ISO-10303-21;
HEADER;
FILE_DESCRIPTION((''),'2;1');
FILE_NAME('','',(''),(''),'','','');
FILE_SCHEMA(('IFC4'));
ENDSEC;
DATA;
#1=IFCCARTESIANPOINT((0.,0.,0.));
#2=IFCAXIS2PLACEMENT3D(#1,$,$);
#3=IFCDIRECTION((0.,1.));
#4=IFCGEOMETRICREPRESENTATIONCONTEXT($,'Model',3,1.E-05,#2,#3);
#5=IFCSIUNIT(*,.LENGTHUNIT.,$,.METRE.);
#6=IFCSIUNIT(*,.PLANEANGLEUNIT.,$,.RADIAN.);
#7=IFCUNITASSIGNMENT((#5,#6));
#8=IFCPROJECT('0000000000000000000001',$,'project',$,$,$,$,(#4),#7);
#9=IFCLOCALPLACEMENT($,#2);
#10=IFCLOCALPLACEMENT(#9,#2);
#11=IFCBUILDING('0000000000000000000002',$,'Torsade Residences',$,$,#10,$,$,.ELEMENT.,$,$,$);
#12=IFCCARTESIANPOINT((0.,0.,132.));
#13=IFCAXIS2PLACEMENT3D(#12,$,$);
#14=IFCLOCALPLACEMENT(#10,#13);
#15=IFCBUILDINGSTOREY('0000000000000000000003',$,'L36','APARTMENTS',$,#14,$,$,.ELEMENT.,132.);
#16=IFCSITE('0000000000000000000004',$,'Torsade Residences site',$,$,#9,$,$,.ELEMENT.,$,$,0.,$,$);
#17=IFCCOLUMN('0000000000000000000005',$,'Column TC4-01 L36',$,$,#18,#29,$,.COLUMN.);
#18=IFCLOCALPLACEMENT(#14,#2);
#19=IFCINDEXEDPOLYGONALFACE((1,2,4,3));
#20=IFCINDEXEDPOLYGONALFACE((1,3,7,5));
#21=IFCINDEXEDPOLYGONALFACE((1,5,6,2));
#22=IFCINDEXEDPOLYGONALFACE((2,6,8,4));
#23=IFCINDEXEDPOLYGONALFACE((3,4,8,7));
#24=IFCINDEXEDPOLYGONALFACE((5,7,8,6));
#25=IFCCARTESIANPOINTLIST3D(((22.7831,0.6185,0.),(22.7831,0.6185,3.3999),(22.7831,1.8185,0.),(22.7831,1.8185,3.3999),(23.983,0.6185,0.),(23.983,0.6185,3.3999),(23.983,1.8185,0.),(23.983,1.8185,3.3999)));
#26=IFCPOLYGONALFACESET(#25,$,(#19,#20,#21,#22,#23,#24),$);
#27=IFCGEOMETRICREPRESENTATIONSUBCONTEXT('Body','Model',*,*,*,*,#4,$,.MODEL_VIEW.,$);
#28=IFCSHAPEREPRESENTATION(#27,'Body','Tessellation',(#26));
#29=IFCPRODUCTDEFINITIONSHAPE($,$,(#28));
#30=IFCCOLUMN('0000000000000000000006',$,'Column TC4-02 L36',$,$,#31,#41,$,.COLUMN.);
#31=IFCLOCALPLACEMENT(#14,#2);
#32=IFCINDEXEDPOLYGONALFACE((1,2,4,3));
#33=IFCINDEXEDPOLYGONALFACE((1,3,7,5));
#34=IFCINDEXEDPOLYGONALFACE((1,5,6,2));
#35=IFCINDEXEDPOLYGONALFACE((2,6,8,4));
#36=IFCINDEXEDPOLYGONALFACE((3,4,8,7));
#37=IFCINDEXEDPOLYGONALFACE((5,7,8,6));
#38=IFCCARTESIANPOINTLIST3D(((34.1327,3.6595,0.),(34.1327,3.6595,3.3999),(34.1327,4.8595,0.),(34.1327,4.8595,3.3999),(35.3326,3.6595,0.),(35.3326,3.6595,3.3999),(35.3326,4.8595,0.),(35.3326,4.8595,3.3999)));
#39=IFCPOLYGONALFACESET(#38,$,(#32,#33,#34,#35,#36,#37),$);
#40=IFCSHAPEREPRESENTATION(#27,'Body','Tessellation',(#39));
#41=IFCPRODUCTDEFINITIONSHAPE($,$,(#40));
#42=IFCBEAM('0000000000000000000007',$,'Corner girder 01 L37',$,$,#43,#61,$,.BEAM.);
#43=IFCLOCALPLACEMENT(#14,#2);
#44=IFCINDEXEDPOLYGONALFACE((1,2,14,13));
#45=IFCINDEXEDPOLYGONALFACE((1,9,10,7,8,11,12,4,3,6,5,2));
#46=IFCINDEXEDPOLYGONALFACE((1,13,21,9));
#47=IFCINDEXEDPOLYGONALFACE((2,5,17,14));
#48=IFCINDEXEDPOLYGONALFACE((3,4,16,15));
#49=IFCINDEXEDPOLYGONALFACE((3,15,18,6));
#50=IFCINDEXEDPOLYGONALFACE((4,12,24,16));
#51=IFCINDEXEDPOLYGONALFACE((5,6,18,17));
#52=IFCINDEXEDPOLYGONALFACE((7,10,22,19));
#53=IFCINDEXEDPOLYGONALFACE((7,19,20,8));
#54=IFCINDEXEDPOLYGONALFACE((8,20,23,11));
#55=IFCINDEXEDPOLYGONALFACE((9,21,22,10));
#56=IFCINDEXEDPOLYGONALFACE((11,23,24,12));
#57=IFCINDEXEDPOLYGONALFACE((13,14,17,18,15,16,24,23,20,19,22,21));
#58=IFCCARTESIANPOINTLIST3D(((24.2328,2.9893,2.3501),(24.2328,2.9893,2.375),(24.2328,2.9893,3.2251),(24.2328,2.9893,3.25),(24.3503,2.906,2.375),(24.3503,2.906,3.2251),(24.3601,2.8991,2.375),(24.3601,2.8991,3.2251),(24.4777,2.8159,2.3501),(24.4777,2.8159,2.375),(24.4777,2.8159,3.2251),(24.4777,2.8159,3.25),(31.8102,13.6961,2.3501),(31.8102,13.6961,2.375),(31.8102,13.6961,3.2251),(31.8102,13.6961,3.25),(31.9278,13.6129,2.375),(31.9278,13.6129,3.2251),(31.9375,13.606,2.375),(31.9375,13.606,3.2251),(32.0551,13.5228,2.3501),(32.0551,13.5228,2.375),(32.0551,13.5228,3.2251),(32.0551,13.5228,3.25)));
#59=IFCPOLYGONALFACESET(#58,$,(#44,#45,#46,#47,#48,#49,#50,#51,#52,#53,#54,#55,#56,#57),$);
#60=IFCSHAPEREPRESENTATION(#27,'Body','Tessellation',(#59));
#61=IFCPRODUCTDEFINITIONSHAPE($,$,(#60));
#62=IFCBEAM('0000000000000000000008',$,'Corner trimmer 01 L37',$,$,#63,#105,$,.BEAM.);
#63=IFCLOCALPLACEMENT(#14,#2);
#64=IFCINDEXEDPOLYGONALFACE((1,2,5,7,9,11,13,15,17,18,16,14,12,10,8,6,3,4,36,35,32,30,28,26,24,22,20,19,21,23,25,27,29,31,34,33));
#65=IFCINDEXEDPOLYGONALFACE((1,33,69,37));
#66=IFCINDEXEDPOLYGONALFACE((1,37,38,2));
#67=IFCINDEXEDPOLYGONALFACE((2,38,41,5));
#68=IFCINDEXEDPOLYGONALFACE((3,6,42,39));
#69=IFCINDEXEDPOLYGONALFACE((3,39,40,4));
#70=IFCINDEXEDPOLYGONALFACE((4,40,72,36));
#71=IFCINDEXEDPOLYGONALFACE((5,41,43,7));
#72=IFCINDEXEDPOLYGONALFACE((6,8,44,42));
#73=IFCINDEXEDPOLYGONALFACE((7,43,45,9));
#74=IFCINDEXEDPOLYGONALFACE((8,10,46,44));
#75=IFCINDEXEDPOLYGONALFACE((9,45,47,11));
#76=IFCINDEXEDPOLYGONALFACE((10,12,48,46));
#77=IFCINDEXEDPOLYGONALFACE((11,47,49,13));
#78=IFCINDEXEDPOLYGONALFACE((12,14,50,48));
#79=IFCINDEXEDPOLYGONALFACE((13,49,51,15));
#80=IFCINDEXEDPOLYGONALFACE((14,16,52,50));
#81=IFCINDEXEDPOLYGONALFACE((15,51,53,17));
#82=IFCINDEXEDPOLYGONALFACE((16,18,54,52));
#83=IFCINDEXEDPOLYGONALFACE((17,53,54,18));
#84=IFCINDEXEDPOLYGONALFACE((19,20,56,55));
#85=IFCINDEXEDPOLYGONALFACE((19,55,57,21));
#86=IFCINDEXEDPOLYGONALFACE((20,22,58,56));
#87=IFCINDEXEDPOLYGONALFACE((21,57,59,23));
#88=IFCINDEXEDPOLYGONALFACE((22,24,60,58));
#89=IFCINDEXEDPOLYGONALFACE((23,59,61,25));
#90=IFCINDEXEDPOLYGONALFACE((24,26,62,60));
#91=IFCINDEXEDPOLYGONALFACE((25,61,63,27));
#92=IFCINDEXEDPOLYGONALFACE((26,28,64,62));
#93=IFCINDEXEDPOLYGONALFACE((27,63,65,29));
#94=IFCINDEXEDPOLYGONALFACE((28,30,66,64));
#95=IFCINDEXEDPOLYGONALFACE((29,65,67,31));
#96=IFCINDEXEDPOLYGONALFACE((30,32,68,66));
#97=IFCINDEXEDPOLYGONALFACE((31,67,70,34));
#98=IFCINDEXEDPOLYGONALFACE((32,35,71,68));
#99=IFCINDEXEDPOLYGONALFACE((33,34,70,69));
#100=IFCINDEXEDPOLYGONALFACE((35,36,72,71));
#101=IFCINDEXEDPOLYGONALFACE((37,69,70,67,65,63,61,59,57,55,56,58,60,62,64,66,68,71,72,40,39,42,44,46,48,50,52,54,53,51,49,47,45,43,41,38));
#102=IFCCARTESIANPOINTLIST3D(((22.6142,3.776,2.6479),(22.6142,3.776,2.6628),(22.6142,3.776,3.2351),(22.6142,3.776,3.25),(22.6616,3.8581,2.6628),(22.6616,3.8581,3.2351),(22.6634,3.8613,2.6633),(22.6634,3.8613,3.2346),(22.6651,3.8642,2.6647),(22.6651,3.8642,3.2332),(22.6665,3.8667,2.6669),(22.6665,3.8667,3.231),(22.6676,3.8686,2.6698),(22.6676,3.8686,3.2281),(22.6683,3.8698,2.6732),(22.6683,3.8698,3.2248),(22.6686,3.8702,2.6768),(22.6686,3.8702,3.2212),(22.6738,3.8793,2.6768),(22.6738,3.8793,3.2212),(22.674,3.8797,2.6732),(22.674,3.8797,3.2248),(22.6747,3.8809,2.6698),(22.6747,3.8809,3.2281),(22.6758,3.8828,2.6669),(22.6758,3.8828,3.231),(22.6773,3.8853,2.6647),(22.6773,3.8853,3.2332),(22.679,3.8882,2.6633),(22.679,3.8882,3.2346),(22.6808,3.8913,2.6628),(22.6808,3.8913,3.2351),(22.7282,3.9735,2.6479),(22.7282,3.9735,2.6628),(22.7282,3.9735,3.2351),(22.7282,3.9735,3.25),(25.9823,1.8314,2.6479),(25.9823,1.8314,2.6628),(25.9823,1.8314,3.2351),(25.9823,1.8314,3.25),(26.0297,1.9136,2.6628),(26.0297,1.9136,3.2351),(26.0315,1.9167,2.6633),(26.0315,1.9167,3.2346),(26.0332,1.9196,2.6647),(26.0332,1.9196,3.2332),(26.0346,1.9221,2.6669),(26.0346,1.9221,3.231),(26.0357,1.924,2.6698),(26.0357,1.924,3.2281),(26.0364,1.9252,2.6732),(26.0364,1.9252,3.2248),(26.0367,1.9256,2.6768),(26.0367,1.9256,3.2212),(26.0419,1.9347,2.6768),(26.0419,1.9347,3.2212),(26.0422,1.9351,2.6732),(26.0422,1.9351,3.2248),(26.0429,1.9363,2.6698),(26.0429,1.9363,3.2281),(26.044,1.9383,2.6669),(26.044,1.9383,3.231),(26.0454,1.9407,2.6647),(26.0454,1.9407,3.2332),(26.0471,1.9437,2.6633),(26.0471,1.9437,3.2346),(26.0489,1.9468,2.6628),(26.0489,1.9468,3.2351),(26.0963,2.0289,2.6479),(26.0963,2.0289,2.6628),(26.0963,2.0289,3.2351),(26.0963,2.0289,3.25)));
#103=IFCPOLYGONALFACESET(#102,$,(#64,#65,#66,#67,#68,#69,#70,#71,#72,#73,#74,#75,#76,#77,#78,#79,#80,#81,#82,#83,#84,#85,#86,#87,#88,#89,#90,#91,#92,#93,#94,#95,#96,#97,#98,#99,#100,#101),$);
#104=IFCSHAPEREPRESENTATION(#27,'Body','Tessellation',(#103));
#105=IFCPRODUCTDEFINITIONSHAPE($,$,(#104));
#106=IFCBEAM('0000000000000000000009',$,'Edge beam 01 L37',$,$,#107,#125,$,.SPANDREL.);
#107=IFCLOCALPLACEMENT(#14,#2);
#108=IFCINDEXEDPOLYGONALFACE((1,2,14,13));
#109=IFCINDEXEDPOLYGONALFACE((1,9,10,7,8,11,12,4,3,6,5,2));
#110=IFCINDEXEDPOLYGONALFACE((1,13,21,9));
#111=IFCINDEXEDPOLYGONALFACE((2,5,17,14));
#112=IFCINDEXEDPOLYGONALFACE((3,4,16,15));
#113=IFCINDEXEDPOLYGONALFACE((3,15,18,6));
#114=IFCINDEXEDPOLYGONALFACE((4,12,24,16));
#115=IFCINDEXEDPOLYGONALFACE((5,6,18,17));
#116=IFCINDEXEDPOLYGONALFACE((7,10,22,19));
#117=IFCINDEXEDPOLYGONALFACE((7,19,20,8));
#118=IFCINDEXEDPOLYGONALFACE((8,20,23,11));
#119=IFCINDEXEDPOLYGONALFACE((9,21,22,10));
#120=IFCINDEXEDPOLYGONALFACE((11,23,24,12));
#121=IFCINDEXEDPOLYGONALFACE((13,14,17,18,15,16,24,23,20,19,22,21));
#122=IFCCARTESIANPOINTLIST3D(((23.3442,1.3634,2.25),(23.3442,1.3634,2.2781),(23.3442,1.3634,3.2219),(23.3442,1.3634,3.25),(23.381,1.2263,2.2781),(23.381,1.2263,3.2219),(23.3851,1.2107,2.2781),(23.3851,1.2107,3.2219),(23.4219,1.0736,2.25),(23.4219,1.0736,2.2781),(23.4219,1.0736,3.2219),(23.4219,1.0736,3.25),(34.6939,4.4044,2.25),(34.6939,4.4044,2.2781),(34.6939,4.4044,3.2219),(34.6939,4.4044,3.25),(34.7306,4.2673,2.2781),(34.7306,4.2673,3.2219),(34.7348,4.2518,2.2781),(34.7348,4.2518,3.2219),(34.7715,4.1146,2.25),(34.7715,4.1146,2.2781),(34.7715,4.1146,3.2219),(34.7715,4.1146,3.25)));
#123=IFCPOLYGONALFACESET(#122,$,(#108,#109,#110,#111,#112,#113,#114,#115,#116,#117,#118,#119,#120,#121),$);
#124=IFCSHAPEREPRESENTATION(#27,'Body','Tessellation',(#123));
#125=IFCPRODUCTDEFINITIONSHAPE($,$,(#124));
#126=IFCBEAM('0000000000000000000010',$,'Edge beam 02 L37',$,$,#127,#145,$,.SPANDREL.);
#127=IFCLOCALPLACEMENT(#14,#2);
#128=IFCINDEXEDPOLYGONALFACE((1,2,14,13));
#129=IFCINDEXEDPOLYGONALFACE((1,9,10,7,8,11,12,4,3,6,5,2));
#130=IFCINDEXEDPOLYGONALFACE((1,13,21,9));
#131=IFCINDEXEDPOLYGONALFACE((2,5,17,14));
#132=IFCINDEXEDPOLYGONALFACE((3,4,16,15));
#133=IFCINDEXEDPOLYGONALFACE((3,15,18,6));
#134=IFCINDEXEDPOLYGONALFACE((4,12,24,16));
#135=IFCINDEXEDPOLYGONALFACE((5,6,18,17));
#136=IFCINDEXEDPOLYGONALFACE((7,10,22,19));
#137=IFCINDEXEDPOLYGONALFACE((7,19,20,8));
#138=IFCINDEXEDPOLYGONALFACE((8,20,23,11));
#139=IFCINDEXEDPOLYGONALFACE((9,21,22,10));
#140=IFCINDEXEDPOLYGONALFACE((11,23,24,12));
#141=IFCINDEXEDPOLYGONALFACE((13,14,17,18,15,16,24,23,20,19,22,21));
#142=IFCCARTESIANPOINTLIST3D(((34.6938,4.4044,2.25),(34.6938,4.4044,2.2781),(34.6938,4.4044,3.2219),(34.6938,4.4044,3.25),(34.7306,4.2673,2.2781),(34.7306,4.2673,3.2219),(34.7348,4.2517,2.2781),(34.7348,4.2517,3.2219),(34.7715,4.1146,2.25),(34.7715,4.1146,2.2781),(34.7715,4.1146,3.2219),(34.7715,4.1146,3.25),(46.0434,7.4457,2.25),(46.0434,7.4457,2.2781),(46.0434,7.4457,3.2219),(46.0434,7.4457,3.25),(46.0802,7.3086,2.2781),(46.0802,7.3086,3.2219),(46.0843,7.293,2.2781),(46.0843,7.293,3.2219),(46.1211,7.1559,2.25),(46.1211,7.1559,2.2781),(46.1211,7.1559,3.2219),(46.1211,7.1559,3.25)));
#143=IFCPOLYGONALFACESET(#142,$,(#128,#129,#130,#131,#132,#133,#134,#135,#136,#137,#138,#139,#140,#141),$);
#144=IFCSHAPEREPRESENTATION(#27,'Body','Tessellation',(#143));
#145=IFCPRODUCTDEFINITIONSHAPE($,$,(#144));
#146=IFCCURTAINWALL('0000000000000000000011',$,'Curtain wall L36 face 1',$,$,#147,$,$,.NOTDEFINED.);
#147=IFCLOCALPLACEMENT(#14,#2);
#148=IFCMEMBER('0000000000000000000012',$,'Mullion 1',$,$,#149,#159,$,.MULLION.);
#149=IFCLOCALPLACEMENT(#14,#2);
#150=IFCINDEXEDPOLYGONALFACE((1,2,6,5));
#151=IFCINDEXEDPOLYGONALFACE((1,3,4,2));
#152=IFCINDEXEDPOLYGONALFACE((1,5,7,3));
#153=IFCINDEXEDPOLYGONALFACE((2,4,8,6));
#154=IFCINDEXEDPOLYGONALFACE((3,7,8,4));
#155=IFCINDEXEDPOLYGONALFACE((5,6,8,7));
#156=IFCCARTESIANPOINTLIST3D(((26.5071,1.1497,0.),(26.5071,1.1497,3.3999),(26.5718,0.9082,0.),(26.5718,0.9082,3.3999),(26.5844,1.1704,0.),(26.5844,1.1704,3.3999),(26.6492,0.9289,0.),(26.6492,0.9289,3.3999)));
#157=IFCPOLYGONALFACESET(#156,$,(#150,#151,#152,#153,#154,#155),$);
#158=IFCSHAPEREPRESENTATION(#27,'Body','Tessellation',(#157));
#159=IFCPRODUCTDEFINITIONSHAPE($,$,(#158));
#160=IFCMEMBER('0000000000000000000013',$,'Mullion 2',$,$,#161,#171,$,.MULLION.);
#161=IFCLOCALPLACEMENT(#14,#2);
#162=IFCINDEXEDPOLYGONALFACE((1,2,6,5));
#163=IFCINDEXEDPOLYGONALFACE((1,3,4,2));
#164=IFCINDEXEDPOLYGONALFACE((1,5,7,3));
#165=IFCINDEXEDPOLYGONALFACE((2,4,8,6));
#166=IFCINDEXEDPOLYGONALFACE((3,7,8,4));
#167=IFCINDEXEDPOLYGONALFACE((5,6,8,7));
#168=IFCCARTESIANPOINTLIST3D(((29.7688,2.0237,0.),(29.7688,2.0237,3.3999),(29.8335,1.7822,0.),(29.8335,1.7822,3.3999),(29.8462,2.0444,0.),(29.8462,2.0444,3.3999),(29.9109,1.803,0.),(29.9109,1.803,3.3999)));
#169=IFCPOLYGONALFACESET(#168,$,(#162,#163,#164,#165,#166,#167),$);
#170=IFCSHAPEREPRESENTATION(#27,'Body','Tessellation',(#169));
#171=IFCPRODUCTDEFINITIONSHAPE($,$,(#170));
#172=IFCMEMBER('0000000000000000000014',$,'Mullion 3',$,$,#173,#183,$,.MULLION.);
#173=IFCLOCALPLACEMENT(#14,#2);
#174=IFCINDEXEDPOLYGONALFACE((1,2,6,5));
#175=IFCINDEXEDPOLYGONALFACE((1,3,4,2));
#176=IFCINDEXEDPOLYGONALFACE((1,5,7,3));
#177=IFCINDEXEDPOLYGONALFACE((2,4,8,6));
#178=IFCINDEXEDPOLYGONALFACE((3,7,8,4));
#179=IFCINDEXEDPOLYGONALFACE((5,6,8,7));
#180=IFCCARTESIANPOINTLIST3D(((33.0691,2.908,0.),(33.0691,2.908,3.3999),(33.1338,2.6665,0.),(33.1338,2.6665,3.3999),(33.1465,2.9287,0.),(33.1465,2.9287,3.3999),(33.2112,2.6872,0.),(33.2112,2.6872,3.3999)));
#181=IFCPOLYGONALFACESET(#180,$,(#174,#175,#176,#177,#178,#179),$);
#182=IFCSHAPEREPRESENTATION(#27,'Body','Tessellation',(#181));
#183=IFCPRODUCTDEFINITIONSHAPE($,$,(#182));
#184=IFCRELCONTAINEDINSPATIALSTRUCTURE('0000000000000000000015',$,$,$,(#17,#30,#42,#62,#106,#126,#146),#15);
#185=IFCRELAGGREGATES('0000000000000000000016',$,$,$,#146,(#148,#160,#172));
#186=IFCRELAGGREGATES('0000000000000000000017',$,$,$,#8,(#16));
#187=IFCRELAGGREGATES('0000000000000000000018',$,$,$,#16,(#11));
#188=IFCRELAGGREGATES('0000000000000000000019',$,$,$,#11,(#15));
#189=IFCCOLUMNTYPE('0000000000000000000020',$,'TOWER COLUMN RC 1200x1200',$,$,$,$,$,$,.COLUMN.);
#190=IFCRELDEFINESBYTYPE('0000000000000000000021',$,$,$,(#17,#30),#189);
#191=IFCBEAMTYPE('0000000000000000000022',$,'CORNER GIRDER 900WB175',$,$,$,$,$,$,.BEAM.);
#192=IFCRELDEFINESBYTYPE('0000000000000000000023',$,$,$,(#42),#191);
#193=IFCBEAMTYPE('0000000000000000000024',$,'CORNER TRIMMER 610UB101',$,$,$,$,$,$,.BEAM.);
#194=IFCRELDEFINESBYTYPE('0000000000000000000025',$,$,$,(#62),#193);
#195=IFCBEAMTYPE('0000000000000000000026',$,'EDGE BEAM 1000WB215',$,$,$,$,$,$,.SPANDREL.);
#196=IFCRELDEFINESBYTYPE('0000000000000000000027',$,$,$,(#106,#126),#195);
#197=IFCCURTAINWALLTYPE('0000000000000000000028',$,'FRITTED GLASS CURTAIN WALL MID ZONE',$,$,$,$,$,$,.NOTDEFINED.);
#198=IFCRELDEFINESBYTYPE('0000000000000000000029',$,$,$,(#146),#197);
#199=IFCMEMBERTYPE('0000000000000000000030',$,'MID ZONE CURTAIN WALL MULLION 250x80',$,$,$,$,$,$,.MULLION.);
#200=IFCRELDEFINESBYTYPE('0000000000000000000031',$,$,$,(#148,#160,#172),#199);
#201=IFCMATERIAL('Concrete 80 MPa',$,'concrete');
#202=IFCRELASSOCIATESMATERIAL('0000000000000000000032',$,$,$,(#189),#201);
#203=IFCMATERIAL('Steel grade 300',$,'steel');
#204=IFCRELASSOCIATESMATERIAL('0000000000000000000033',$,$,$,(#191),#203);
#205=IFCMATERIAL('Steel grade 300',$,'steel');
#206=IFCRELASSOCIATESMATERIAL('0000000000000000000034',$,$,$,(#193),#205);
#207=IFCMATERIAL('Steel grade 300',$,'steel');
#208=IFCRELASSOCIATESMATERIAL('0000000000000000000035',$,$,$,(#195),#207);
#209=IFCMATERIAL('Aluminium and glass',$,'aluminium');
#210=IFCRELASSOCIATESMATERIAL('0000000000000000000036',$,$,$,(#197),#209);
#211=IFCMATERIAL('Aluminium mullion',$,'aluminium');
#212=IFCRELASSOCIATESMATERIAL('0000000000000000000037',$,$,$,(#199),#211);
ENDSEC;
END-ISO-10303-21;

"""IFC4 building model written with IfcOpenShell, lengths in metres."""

from ifc_helpers import new_model, si_unit, direction, frame, origin, origin_2d, place, context, subcontext, project, spatial, rectangle, i_section, extrude, material, material_profile, profile_set, type_object, element, aggregate, save


model = new_model("IFC4")

# Units and contexts
model_context = context("Model", 3, precision=1e-05, world=origin(), true_north=direction((0.0, 1.0)))
body_context = subcontext(model_context, "Body", "Model", "MODEL_VIEW")
ifc_project = project(units=[si_unit("LENGTHUNIT", "METRE"), si_unit("PLANEANGLEUNIT", "RADIAN")], contexts=[model_context])

# Site, building, storey
site_placement = place(None, origin())
site = spatial("IfcSite", under=ifc_project, at=site_placement, Name="Torsade Residences site", CompositionType="ELEMENT", RefElevation=0.0)
building_placement = place(site_placement, origin())
building = spatial("IfcBuilding", under=site, at=building_placement, Name="Torsade Residences", CompositionType="ELEMENT")
storey_placement = place(building_placement, frame((0.0, 0.0, 132.0)))
storey = spatial("IfcBuildingStorey", under=building, at=storey_placement, Name="L36", Description="APARTMENTS", CompositionType="ELEMENT", Elevation=132.0)

# Columns
ifc_material_1 = material(Name="Concrete 80 MPa", Category="concrete")
ifc_material_profile_1 = material_profile(ifc_material_1, rectangle(XDim=1.2, YDim=1.2, at=origin_2d()), Name="RC 1200x1200")
ifc_profile_set_1 = profile_set([ifc_material_profile_1], Name="Concrete 80 MPa")
column_type = type_object("IfcColumnType", Name="TOWER COLUMN RC 1200x1200", PredefinedType="COLUMN", material=ifc_profile_set_1)
for number, where, z_axis, x_axis, name in (
    (1, (23.3831, 1.2185, 0.0), (0.0, 0.0, 1.0), (1.0, 0.0, 0.0), "Column TC4-01 L36"),
    (2, (34.7327, 4.2595, 0.0), (0.0, 0.0, 1.0), (1.0, 0.0, 0.0), "Column TC4-02 L36"),
):
    element("IfcColumn", number, at=place(storey_placement, frame(where, z_axis=z_axis, x_axis=x_axis)), inside=storey, type_object=column_type, Name=name, PredefinedType="COLUMN", context=body_context, shape_type="SweptSolid", body=[
        extrude(rectangle(XDim=1.2, YDim=1.2, at=origin_2d()), origin(), (0.0, 0.0, 1.0), 3.3999),
    ])

# Beams
ifc_material_2 = material(Name="Steel grade 300", Category="steel")
ifc_material_profile_2 = material_profile(ifc_material_2, i_section(OverallWidth=0.3, OverallDepth=0.8999, WebThickness=0.012, FlangeThickness=0.0249, at=origin_2d()), Name="900WB175")
ifc_profile_set_2 = profile_set([ifc_material_profile_2], Name="Steel grade 300")
beam_type_1 = type_object("IfcBeamType", Name="CORNER GIRDER 900WB175", PredefinedType="BEAM", material=ifc_profile_set_2)
beam_1_placement = place(storey_placement, frame((24.3552, 2.9026, 2.8), z_axis=(0.577683, 0.816261, 0.0), x_axis=(-0.816261, 0.577683, 0.0)))
element("IfcBeam", 3, at=beam_1_placement, inside=storey, type_object=beam_type_1, Name="Corner girder 01 L37", PredefinedType="BEAM", context=body_context, shape_type="SweptSolid", body=[
    extrude(i_section(OverallWidth=0.3, OverallDepth=0.8999, WebThickness=0.012, FlangeThickness=0.0249, at=origin_2d()), origin(), (0.0, 0.0, 1.0), 13.1169),
])
ifc_material_3 = material(Name="Steel grade 300", Category="steel")
ifc_material_profile_3 = material_profile(ifc_material_3, i_section(OverallWidth=0.228, OverallDepth=0.6021, WebThickness=0.0105, FlangeThickness=0.0149, FilletRadius=0.0139, at=origin_2d()), Name="610UB101")
ifc_profile_set_3 = profile_set([ifc_material_profile_3], Name="Steel grade 300")
beam_type_2 = type_object("IfcBeamType", Name="CORNER TRIMMER 610UB101", PredefinedType="BEAM", material=ifc_profile_set_3)
beam_2_placement = place(storey_placement, frame((26.0393, 1.9302, 2.949), z_axis=(-0.866029, 0.499994, 0.0), x_axis=(-0.499994, -0.866029, 0.0)))
element("IfcBeam", 4, at=beam_2_placement, inside=storey, type_object=beam_type_2, Name="Corner trimmer 01 L37", PredefinedType="BEAM", context=body_context, shape_type="SweptSolid", body=[
    extrude(i_section(OverallWidth=0.228, OverallDepth=0.6021, WebThickness=0.0105, FlangeThickness=0.0149, FilletRadius=0.0139, at=origin_2d()), origin(), (0.0, 0.0, 1.0), 3.8892),
])
ifc_material_4 = material(Name="Steel grade 300", Category="steel")
ifc_material_profile_4 = material_profile(ifc_material_4, i_section(OverallWidth=0.3, OverallDepth=1.0, WebThickness=0.0161, FlangeThickness=0.0281, at=origin_2d()), Name="1000WB215")
ifc_profile_set_4 = profile_set([ifc_material_profile_4], Name="Steel grade 300")
beam_type_3 = type_object("IfcBeamType", Name="EDGE BEAM 1000WB215", PredefinedType="SPANDREL", material=ifc_profile_set_4)
for number, where, z_axis, x_axis, name in (
    (5, (23.3831, 1.2185, 2.75), (0.965928, 0.258811, 0.0), (-0.258811, 0.965928, 0.0), "Edge beam 01 L37"),
    (6, (34.7327, 4.2595, 2.75), (0.965923, 0.25883, 0.0), (-0.25883, 0.965923, 0.0), "Edge beam 02 L37"),
):
    element("IfcBeam", number, at=place(storey_placement, frame(where, z_axis=z_axis, x_axis=x_axis)), inside=storey, type_object=beam_type_3, Name=name, PredefinedType="SPANDREL", context=body_context, shape_type="SweptSolid", body=[
        extrude(i_section(OverallWidth=0.3, OverallDepth=1.0, WebThickness=0.0161, FlangeThickness=0.0281, at=origin_2d()), origin(), (0.0, 0.0, 1.0), 11.75),
    ])

# Curtain wall, members
ifc_material_5 = material(Name="Aluminium and glass", Category="aluminium")
curtain_wall_type = type_object("IfcCurtainWallType", Name="FRITTED GLASS CURTAIN WALL MID ZONE", PredefinedType="NOTDEFINED", material=ifc_material_5)
curtain_wall_placement = place(storey_placement, origin())
curtain_wall = element("IfcCurtainWall", 7, at=curtain_wall_placement, inside=storey, type_object=curtain_wall_type, Name="Curtain wall L36 face 1", PredefinedType="NOTDEFINED")
ifc_material_6 = material(Name="Aluminium mullion", Category="aluminium")
ifc_material_profile_5 = material_profile(ifc_material_6, rectangle(XDim=0.25, YDim=0.0801, at=origin_2d()), Name="MID ZONE CURTAIN WALL MULLION 250x80")
ifc_profile_set_5 = profile_set([ifc_material_profile_5], Name="Aluminium mullion")
member_type_1 = type_object("IfcMemberType", Name="MID ZONE CURTAIN WALL MULLION 250x80", PredefinedType="MULLION", material=ifc_profile_set_5)
member_1_placement = place(storey_placement, frame((26.5781, 1.0393, 0.0), z_axis=(0.0, 0.0, 1.0), x_axis=(-0.258819, 0.965926, 0.0)))
member_1 = element("IfcMember", 8, at=member_1_placement, type_object=member_type_1, Name="Mullion 1", PredefinedType="MULLION", context=body_context, shape_type="SweptSolid", body=[
    extrude(rectangle(XDim=0.25, YDim=0.0801, at=origin_2d()), origin(), (0.0, 0.0, 1.0), 3.3999),
])
member_2_placement = place(storey_placement, frame((29.8398, 1.9133, 0.0), z_axis=(0.0, 0.0, 1.0), x_axis=(-0.258819, 0.965926, 0.0)))
member_2 = element("IfcMember", 9, at=member_2_placement, type_object=member_type_1, Name="Mullion 2", PredefinedType="MULLION", context=body_context, shape_type="SweptSolid", body=[
    extrude(rectangle(XDim=0.25, YDim=0.0801, at=origin_2d()), origin(), (0.0, 0.0, 1.0), 3.3999),
])
member_3_placement = place(storey_placement, frame((33.1401, 2.7976, 0.0), z_axis=(0.0, 0.0, 1.0), x_axis=(-0.258819, 0.965926, 0.0)))
member_3 = element("IfcMember", 10, at=member_3_placement, type_object=member_type_1, Name="Mullion 3", PredefinedType="MULLION", context=body_context, shape_type="SweptSolid", body=[
    extrude(rectangle(XDim=0.25, YDim=0.0801, at=origin_2d()), origin(), (0.0, 0.0, 1.0), 3.3999),
])

aggregate(curtain_wall, [member_1, member_2, member_3])

save(model, "model.ifc")
